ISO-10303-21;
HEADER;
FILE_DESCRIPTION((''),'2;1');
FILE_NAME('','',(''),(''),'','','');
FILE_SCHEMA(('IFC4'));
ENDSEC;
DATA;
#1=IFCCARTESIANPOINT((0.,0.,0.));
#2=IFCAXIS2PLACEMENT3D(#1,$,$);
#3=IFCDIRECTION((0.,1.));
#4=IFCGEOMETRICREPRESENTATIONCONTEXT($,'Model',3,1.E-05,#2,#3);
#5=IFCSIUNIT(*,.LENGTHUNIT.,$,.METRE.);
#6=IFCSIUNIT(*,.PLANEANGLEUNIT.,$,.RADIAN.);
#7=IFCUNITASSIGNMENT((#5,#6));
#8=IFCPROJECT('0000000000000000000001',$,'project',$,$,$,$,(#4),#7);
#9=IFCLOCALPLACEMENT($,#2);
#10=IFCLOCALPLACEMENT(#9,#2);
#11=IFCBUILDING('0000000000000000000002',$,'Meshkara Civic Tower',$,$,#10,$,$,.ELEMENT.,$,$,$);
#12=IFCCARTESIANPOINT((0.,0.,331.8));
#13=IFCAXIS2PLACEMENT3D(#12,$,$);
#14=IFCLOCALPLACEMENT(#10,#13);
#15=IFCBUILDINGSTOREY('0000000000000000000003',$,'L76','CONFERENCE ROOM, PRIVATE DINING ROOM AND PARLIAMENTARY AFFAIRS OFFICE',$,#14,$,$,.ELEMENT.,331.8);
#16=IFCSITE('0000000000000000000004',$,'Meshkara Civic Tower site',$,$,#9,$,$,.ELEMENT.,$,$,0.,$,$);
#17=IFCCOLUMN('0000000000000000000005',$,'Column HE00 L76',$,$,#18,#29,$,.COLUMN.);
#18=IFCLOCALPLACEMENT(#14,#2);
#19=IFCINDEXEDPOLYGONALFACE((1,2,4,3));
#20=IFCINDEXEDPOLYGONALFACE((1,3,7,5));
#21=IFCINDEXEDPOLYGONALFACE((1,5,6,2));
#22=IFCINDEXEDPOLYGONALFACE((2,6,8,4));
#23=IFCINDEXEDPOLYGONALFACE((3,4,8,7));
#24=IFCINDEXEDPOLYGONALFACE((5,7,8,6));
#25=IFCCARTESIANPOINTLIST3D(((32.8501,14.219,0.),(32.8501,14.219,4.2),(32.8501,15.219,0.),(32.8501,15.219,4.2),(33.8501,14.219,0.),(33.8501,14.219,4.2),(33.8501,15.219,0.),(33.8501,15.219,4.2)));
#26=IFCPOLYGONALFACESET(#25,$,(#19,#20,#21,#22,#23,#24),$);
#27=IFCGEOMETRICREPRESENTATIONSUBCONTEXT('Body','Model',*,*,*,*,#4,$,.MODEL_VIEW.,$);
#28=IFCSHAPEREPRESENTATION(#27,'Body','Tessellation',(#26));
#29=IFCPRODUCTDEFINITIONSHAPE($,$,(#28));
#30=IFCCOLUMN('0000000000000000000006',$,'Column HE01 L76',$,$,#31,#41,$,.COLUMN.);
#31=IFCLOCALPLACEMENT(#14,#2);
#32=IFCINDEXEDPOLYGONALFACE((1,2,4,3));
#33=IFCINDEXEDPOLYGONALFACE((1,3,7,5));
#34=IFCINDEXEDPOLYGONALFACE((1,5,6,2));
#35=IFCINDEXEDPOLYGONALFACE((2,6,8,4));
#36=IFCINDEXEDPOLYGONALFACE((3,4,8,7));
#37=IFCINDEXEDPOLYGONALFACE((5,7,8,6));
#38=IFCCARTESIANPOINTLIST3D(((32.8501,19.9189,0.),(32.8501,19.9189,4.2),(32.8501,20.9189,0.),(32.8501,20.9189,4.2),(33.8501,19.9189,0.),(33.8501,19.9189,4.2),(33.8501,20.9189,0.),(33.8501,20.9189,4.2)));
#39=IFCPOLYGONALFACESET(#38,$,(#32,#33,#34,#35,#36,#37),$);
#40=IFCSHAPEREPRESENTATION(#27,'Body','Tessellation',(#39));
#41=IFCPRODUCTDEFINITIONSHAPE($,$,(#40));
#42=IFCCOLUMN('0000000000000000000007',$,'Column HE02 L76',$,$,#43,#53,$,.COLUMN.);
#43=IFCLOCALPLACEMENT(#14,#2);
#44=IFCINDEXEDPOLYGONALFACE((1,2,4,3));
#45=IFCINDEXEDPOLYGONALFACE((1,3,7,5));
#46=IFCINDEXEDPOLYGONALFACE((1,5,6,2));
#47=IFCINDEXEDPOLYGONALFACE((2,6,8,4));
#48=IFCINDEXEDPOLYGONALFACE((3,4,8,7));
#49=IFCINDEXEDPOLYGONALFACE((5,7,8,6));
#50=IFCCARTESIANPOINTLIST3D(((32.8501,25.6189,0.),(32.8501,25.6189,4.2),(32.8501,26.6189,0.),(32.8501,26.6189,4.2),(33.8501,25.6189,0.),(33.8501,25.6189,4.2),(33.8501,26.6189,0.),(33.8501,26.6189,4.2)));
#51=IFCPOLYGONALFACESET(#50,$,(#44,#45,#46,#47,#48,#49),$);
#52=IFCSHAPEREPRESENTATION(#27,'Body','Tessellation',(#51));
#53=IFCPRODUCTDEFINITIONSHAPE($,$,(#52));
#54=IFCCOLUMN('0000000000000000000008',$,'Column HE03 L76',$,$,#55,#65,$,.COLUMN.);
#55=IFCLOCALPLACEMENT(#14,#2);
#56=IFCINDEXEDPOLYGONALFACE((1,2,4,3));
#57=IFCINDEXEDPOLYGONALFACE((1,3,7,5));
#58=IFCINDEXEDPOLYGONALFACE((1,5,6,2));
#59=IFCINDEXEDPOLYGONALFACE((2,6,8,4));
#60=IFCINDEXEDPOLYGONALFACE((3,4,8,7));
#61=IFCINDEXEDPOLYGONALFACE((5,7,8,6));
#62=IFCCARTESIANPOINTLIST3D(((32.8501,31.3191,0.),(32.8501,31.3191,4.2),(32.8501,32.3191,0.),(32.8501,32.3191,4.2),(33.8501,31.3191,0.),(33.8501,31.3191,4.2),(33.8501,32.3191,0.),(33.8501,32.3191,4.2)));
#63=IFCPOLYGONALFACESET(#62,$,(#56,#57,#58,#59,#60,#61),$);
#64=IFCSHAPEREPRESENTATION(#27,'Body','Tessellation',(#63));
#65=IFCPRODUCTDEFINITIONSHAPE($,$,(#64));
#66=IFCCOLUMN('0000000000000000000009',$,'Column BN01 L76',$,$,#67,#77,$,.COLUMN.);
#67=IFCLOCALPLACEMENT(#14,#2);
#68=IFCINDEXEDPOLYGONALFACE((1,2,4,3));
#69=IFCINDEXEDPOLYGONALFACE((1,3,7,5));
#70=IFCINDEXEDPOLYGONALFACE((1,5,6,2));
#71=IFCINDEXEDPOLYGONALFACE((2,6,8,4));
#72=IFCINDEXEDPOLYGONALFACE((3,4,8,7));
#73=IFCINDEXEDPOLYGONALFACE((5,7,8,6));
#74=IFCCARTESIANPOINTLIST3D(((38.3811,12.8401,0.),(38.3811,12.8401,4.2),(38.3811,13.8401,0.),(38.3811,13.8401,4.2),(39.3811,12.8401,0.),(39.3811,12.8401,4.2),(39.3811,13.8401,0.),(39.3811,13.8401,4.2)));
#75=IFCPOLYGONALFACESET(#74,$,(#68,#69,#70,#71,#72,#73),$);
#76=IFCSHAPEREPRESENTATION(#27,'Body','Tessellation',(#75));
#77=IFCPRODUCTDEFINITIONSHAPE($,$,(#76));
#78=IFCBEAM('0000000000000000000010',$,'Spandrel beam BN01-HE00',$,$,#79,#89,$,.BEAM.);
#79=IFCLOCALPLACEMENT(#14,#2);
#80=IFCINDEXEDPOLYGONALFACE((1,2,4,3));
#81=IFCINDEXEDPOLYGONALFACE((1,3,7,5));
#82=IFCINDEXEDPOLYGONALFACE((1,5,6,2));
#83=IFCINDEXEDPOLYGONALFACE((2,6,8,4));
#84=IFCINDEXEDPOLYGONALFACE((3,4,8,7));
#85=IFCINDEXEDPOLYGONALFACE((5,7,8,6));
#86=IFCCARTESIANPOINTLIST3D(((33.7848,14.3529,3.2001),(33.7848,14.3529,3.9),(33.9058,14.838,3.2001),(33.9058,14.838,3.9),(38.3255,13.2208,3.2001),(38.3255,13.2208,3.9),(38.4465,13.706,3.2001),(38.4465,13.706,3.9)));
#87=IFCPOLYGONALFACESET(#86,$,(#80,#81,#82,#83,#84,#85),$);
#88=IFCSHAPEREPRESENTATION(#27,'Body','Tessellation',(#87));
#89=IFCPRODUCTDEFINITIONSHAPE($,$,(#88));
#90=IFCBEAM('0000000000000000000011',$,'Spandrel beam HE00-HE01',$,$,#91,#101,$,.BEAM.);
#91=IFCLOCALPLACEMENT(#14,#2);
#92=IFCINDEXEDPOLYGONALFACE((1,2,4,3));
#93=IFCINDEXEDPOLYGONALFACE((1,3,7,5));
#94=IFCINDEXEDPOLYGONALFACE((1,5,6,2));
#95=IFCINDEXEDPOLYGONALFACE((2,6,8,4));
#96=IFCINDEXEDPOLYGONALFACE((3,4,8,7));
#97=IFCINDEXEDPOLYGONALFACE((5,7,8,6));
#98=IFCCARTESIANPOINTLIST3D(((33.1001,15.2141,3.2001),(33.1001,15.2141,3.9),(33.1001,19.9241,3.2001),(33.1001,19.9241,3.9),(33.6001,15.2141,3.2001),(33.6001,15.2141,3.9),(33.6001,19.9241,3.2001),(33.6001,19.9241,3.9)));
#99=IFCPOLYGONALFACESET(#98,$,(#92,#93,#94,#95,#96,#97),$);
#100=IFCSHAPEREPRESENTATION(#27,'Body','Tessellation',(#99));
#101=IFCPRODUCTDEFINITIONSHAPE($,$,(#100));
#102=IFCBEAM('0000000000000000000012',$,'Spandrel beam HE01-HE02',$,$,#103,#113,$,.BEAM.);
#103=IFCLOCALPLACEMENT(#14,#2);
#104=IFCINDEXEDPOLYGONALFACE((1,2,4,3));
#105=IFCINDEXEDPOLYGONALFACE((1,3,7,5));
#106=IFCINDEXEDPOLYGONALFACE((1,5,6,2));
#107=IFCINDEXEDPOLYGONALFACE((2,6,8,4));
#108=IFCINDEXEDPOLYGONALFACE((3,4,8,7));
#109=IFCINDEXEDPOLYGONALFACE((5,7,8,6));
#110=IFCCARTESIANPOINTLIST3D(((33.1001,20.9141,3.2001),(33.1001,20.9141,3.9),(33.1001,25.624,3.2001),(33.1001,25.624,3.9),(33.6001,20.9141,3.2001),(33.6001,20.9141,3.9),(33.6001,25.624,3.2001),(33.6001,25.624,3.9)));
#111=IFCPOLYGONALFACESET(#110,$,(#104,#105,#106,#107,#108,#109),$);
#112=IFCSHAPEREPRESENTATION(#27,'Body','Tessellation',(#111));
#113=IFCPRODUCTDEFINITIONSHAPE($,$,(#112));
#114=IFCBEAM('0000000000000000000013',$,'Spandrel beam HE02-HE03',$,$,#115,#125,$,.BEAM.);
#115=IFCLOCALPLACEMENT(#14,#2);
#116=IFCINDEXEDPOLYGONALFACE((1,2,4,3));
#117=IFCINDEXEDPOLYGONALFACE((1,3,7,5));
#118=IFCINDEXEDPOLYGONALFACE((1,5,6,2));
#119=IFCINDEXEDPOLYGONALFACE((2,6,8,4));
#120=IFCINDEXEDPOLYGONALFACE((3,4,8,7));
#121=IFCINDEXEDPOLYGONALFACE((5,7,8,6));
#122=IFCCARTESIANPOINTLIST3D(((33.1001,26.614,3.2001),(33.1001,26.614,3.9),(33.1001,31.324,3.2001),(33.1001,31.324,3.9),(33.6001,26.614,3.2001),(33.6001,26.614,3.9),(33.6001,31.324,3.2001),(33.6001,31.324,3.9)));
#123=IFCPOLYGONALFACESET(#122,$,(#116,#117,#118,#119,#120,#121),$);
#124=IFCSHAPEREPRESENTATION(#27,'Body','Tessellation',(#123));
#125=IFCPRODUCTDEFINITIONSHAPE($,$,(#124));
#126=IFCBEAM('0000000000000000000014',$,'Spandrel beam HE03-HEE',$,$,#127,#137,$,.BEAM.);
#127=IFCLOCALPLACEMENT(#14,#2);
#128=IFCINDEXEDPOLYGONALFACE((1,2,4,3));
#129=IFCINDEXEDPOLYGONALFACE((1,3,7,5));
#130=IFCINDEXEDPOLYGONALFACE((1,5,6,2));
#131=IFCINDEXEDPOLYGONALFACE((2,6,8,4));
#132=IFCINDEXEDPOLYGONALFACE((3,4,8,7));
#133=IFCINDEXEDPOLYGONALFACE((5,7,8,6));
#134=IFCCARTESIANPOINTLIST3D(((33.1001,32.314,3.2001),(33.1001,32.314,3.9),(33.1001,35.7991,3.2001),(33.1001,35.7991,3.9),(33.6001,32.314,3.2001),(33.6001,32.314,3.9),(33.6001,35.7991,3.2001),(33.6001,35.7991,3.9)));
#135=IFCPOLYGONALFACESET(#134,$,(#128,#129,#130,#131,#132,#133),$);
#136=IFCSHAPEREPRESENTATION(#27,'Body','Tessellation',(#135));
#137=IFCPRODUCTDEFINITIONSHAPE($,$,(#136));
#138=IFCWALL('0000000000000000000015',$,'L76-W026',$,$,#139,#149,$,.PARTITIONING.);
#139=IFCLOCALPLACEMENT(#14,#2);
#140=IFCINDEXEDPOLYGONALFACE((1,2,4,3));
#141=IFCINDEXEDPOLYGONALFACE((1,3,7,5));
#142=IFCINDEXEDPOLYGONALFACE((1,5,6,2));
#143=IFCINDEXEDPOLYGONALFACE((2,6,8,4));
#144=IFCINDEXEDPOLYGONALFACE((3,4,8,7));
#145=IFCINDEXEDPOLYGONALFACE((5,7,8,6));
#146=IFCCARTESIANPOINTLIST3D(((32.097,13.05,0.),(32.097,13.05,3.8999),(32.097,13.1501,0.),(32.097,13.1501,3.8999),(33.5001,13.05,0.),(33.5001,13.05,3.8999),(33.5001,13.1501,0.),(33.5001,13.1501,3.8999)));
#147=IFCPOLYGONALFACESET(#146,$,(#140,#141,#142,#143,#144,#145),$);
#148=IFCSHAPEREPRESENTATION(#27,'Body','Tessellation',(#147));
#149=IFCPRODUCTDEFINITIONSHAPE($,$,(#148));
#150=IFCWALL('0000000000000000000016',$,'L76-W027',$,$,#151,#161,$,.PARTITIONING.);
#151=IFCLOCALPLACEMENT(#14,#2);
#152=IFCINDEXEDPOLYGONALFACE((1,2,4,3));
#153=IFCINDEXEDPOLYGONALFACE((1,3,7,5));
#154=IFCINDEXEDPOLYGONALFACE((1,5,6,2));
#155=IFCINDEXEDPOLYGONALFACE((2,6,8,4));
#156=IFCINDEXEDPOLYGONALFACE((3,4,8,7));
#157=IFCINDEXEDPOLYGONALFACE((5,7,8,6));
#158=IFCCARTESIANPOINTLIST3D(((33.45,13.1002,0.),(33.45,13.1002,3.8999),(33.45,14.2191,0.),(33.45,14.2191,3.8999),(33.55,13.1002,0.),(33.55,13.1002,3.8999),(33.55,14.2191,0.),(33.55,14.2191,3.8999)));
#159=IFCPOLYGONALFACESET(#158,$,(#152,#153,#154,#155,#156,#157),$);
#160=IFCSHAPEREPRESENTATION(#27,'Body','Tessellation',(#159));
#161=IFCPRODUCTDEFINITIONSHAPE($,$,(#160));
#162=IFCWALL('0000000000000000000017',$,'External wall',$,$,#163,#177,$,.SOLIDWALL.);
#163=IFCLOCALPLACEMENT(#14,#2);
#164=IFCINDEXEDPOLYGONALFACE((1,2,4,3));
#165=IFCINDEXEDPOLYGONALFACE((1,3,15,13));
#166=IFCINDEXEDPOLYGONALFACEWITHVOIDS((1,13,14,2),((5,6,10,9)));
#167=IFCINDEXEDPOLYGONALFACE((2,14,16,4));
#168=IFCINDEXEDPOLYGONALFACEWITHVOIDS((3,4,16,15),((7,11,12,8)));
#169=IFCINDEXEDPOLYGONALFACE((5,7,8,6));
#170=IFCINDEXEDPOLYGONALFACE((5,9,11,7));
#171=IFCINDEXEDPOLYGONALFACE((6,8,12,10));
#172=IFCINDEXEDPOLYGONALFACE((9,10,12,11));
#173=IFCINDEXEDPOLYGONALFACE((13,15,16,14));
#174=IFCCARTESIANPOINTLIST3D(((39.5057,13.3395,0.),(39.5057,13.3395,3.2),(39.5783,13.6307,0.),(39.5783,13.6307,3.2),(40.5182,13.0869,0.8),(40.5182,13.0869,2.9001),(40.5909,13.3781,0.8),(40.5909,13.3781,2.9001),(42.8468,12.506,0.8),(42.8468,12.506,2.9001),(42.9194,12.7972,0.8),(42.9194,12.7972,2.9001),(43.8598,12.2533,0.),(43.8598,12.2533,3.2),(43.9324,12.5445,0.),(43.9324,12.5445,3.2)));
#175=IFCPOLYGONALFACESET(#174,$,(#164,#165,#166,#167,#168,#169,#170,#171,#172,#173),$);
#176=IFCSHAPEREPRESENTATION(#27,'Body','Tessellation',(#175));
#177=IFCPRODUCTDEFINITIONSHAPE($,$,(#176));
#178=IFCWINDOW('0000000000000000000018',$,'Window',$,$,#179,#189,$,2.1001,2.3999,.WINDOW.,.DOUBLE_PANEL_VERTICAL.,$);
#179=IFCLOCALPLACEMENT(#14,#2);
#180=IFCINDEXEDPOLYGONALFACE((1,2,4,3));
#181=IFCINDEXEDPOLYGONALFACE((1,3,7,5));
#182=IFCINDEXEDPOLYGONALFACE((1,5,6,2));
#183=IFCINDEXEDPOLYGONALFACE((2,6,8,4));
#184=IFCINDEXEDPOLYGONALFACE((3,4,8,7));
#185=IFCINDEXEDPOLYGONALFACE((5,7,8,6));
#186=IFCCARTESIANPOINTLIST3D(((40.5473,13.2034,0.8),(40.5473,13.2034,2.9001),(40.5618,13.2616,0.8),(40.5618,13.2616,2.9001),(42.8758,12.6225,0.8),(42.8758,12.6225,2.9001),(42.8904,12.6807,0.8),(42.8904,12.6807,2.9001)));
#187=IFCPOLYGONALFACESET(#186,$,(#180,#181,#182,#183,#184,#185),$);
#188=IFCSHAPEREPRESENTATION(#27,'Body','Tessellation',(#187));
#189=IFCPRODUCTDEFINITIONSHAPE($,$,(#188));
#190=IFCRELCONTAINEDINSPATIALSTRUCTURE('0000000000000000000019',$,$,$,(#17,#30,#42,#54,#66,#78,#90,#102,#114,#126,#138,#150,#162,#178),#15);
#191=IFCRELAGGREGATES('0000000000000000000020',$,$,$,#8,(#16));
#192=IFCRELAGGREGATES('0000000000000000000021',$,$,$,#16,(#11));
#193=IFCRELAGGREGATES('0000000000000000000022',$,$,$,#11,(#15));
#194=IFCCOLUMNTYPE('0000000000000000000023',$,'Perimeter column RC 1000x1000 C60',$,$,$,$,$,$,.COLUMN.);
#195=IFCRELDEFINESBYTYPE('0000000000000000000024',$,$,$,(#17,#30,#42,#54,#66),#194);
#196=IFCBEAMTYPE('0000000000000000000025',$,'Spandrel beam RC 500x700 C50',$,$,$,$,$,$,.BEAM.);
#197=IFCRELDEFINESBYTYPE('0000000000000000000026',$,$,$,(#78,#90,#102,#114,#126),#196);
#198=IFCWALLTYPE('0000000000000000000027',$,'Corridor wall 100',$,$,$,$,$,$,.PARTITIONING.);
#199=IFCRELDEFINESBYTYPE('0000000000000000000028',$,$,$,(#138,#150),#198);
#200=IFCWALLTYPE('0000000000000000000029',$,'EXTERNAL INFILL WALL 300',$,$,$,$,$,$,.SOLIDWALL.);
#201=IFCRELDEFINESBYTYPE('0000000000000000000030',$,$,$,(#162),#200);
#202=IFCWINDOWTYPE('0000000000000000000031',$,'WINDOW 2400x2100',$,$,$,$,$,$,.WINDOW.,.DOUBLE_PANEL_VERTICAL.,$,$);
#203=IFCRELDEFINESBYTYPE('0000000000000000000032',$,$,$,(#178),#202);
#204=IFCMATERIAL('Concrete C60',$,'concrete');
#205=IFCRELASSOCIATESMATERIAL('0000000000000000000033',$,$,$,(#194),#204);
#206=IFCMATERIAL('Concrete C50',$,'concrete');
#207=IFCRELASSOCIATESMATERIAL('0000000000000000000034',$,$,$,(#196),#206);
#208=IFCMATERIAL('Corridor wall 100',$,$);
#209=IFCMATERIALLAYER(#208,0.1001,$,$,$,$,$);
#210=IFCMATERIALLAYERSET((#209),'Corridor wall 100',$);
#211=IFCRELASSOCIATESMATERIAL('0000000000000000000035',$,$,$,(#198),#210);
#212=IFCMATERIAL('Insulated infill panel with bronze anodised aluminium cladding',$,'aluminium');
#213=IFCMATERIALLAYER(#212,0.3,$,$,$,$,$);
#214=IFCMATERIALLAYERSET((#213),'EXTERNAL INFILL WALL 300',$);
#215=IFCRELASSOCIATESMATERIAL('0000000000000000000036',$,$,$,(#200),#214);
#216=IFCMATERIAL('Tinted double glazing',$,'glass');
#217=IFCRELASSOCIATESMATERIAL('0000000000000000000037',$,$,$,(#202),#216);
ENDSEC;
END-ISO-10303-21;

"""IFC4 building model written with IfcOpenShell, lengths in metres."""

from ifc_helpers import new_model, si_unit, direction, frame, frame_2d, origin, origin_2d, place, context, subcontext, project, spatial, rectangle, extrude, material, layer, layer_set, material_profile, profile_set, type_object, element, fill, save


model = new_model("IFC4")

# Units and contexts
model_context = context("Model", 3, precision=1e-05, world=origin(), true_north=direction((0.0, 1.0)))
body_context = subcontext(model_context, "Body", "Model", "MODEL_VIEW")
ifc_project = project(units=[si_unit("LENGTHUNIT", "METRE"), si_unit("PLANEANGLEUNIT", "RADIAN")], contexts=[model_context])

# Site, building, storey
site_placement = place(None, origin())
site = spatial("IfcSite", under=ifc_project, at=site_placement, Name="Meshkara Civic Tower site", CompositionType="ELEMENT", RefElevation=0.0)
building_placement = place(site_placement, origin())
building = spatial("IfcBuilding", under=site, at=building_placement, Name="Meshkara Civic Tower", CompositionType="ELEMENT")
storey_placement = place(building_placement, frame((0.0, 0.0, 331.8)))
storey = spatial("IfcBuildingStorey", under=building, at=storey_placement, Name="L76", Description="CONFERENCE ROOM, PRIVATE DINING ROOM AND PARLIAMENTARY AFFAIRS OFFICE", CompositionType="ELEMENT", Elevation=331.8)

# Columns
ifc_material_1 = material(Name="Concrete C60", Category="concrete")
ifc_material_profile_1 = material_profile(ifc_material_1, rectangle(XDim=1.0, YDim=1.0, at=origin_2d()))
ifc_profile_set_1 = profile_set([ifc_material_profile_1], Name="Concrete C60")
column_type = type_object("IfcColumnType", Name="Perimeter column RC 1000x1000 C60", PredefinedType="COLUMN", material=ifc_profile_set_1)
for number, where, z_axis, x_axis, name in (
    (1, (33.3501, 14.719, 0.0), (0.0, 0.0, 1.0), (1.0, 0.0, 0.0), "Column HE00 L76"),
    (2, (33.3501, 20.4189, 0.0), (0.0, 0.0, 1.0), (1.0, 0.0, 0.0), "Column HE01 L76"),
    (3, (33.3501, 26.1189, 0.0), (0.0, 0.0, 1.0), (1.0, 0.0, 0.0), "Column HE02 L76"),
    (4, (33.3501, 31.8191, 0.0), (0.0, 0.0, 1.0), (1.0, 0.0, 0.0), "Column HE03 L76"),
    (5, (38.8811, 13.3401, 0.0), (0.0, 0.0, 1.0), (1.0, 0.0, 0.0), "Column BN01 L76"),
):
    element("IfcColumn", number, at=place(storey_placement, frame(where, z_axis=z_axis, x_axis=x_axis)), inside=storey, type_object=column_type, Name=name, PredefinedType="COLUMN", context=body_context, shape_type="SweptSolid", body=[
        extrude(rectangle(XDim=1.0, YDim=1.0, at=origin_2d()), origin(), (0.0, 0.0, 1.0), 4.2),
    ])

# Beams
ifc_material_2 = material(Name="Concrete C50", Category="concrete")
ifc_material_profile_2 = material_profile(ifc_material_2, rectangle(XDim=0.5, YDim=0.7, at=origin_2d()))
ifc_profile_set_2 = profile_set([ifc_material_profile_2], Name="Concrete C50")
beam_type = type_object("IfcBeamType", Name="Spandrel beam RC 500x700 C50", PredefinedType="BEAM", material=ifc_profile_set_2)
beam_1_placement = place(storey_placement, frame((38.386, 13.4634, 3.55), z_axis=(-0.970299, 0.24191, 0.0), x_axis=(-0.24191, -0.970299, 0.0)))
element("IfcBeam", 6, at=beam_1_placement, inside=storey, type_object=beam_type, Name="Spandrel beam BN01-HE00", PredefinedType="BEAM", context=body_context, shape_type="SweptSolid", body=[
    extrude(rectangle(XDim=0.5, YDim=0.7, at=origin_2d()), origin(), (0.0, 0.0, 1.0), 4.6797),
])
for number, where, z_axis, x_axis, name in (
    (7, (33.3501, 15.2141, 3.55), (0.0, 1.0, 0.0), (-1.0, 0.0, 0.0), "Spandrel beam HE00-HE01"),
    (8, (33.3501, 20.9141, 3.55), (0.0, 1.0, 0.0), (-1.0, 0.0, 0.0), "Spandrel beam HE01-HE02"),
    (9, (33.3501, 26.614, 3.55), (0.0, 1.0, 0.0), (-1.0, 0.0, 0.0), "Spandrel beam HE02-HE03"),
):
    element("IfcBeam", number, at=place(storey_placement, frame(where, z_axis=z_axis, x_axis=x_axis)), inside=storey, type_object=beam_type, Name=name, PredefinedType="BEAM", context=body_context, shape_type="SweptSolid", body=[
        extrude(rectangle(XDim=0.5, YDim=0.7, at=origin_2d()), origin(), (0.0, 0.0, 1.0), 4.71),
    ])
beam_2_placement = place(storey_placement, frame((33.3501, 32.314, 3.55), z_axis=(0.0, 1.0, 0.0), x_axis=(-1.0, 0.0, 0.0)))
element("IfcBeam", 10, at=beam_2_placement, inside=storey, type_object=beam_type, Name="Spandrel beam HE03-HEE", PredefinedType="BEAM", context=body_context, shape_type="SweptSolid", body=[
    extrude(rectangle(XDim=0.5, YDim=0.7, at=origin_2d()), origin(), (0.0, 0.0, 1.0), 3.4851),
])

# Walls
ifc_material_3 = material(Name="Corridor wall 100")
ifc_layer_1 = layer(ifc_material_3, 0.1001)
ifc_layer_set_1 = layer_set([ifc_layer_1], Name="Corridor wall 100")
wall_type_1 = type_object("IfcWallType", Name="Corridor wall 100", PredefinedType="PARTITIONING", material=ifc_layer_set_1)
wall_1_placement = place(storey_placement, frame((32.0969, 13.1001, 0.0), z_axis=(0.0, 0.0, 1.0), x_axis=(1.0, 0.0, 0.0)))
element("IfcWall", 11, at=wall_1_placement, inside=storey, type_object=wall_type_1, Name="L76-W026", PredefinedType="PARTITIONING", context=body_context, shape_type="SweptSolid", body=[
    extrude(rectangle(XDim=1.4031, YDim=0.1001, at=frame_2d((0.7017, 0.0))), origin(), (0.0, 0.0, 1.0), 3.8999),
])
wall_2_placement = place(storey_placement, frame((33.5, 13.1001, 0.0), z_axis=(0.0, 0.0, 1.0), x_axis=(0.0, 1.0, 0.0)))
element("IfcWall", 12, at=wall_2_placement, inside=storey, type_object=wall_type_1, Name="L76-W027", PredefinedType="PARTITIONING", context=body_context, shape_type="SweptSolid", body=[
    extrude(rectangle(XDim=1.1189, YDim=0.1001, at=frame_2d((0.5596, 0.0))), origin(), (0.0, 0.0, 1.0), 3.8999),
])

# Wall, opening, window
ifc_material_4 = material(Name="Insulated infill panel with bronze anodised aluminium cladding", Category="aluminium")
ifc_layer_2 = layer(ifc_material_4, 0.3)
ifc_layer_set_2 = layer_set([ifc_layer_2], Name="EXTERNAL INFILL WALL 300")
wall_type_2 = type_object("IfcWallType", Name="EXTERNAL INFILL WALL 300", PredefinedType="SOLIDWALL", material=ifc_layer_set_2)
wall_3_placement = place(storey_placement, frame((43.896, 12.3989, 0.0), z_axis=(0.0, 0.0, 1.0), x_axis=(-0.970264, 0.242049, 0.0)))
wall_3 = element("IfcWall", 13, at=wall_3_placement, inside=storey, type_object=wall_type_2, Name="External wall", PredefinedType="SOLIDWALL", context=body_context, shape_type="SweptSolid", body=[
    extrude(rectangle(XDim=4.4875, YDim=0.3, at=frame_2d((2.2437, 0.0))), origin(), (0.0, 0.0, 1.0), 3.2),
])
opening_1_placement = place(wall_3_placement, frame((1.0439, 0.0, 0.8)))
opening_1 = element("IfcOpeningElement", 14, at=opening_1_placement, cuts=wall_3, PredefinedType="OPENING", context=body_context, shape_type="SweptSolid", body=[
    extrude(rectangle(XDim=2.3999, YDim=2.1001, at=frame_2d((1.2, 1.05))), frame((0.0, 0.1599, 0.0), z_axis=(0.0, -1.0, 0.0), x_axis=(1.0, 0.0, 0.0)), (0.0, 0.0, 1.0), 0.3201),
])
ifc_material_5 = material(Name="Tinted double glazing", Category="glass")
window_type = type_object("IfcWindowType", Name="WINDOW 2400x2100", PartitioningType="DOUBLE_PANEL_VERTICAL", PredefinedType="WINDOW", material=ifc_material_5)
window_1_placement = place(opening_1_placement, origin())
window_1 = element("IfcWindow", 15, at=window_1_placement, inside=storey, type_object=window_type, Name="Window", OverallHeight=2.1001, OverallWidth=2.3999, PartitioningType="DOUBLE_PANEL_VERTICAL", PredefinedType="WINDOW", context=body_context, shape_type="SweptSolid", body=[
    extrude(rectangle(XDim=2.3999, YDim=2.1001, at=frame_2d((1.2, 1.05))), frame((0.0, 0.03, 0.0), z_axis=(0.0, -1.0, 0.0), x_axis=(1.0, 0.0, 0.0)), (0.0, 0.0, 1.0), 0.0601),
])
fill(opening_1, window_1)

save(model, "model.ifc")
